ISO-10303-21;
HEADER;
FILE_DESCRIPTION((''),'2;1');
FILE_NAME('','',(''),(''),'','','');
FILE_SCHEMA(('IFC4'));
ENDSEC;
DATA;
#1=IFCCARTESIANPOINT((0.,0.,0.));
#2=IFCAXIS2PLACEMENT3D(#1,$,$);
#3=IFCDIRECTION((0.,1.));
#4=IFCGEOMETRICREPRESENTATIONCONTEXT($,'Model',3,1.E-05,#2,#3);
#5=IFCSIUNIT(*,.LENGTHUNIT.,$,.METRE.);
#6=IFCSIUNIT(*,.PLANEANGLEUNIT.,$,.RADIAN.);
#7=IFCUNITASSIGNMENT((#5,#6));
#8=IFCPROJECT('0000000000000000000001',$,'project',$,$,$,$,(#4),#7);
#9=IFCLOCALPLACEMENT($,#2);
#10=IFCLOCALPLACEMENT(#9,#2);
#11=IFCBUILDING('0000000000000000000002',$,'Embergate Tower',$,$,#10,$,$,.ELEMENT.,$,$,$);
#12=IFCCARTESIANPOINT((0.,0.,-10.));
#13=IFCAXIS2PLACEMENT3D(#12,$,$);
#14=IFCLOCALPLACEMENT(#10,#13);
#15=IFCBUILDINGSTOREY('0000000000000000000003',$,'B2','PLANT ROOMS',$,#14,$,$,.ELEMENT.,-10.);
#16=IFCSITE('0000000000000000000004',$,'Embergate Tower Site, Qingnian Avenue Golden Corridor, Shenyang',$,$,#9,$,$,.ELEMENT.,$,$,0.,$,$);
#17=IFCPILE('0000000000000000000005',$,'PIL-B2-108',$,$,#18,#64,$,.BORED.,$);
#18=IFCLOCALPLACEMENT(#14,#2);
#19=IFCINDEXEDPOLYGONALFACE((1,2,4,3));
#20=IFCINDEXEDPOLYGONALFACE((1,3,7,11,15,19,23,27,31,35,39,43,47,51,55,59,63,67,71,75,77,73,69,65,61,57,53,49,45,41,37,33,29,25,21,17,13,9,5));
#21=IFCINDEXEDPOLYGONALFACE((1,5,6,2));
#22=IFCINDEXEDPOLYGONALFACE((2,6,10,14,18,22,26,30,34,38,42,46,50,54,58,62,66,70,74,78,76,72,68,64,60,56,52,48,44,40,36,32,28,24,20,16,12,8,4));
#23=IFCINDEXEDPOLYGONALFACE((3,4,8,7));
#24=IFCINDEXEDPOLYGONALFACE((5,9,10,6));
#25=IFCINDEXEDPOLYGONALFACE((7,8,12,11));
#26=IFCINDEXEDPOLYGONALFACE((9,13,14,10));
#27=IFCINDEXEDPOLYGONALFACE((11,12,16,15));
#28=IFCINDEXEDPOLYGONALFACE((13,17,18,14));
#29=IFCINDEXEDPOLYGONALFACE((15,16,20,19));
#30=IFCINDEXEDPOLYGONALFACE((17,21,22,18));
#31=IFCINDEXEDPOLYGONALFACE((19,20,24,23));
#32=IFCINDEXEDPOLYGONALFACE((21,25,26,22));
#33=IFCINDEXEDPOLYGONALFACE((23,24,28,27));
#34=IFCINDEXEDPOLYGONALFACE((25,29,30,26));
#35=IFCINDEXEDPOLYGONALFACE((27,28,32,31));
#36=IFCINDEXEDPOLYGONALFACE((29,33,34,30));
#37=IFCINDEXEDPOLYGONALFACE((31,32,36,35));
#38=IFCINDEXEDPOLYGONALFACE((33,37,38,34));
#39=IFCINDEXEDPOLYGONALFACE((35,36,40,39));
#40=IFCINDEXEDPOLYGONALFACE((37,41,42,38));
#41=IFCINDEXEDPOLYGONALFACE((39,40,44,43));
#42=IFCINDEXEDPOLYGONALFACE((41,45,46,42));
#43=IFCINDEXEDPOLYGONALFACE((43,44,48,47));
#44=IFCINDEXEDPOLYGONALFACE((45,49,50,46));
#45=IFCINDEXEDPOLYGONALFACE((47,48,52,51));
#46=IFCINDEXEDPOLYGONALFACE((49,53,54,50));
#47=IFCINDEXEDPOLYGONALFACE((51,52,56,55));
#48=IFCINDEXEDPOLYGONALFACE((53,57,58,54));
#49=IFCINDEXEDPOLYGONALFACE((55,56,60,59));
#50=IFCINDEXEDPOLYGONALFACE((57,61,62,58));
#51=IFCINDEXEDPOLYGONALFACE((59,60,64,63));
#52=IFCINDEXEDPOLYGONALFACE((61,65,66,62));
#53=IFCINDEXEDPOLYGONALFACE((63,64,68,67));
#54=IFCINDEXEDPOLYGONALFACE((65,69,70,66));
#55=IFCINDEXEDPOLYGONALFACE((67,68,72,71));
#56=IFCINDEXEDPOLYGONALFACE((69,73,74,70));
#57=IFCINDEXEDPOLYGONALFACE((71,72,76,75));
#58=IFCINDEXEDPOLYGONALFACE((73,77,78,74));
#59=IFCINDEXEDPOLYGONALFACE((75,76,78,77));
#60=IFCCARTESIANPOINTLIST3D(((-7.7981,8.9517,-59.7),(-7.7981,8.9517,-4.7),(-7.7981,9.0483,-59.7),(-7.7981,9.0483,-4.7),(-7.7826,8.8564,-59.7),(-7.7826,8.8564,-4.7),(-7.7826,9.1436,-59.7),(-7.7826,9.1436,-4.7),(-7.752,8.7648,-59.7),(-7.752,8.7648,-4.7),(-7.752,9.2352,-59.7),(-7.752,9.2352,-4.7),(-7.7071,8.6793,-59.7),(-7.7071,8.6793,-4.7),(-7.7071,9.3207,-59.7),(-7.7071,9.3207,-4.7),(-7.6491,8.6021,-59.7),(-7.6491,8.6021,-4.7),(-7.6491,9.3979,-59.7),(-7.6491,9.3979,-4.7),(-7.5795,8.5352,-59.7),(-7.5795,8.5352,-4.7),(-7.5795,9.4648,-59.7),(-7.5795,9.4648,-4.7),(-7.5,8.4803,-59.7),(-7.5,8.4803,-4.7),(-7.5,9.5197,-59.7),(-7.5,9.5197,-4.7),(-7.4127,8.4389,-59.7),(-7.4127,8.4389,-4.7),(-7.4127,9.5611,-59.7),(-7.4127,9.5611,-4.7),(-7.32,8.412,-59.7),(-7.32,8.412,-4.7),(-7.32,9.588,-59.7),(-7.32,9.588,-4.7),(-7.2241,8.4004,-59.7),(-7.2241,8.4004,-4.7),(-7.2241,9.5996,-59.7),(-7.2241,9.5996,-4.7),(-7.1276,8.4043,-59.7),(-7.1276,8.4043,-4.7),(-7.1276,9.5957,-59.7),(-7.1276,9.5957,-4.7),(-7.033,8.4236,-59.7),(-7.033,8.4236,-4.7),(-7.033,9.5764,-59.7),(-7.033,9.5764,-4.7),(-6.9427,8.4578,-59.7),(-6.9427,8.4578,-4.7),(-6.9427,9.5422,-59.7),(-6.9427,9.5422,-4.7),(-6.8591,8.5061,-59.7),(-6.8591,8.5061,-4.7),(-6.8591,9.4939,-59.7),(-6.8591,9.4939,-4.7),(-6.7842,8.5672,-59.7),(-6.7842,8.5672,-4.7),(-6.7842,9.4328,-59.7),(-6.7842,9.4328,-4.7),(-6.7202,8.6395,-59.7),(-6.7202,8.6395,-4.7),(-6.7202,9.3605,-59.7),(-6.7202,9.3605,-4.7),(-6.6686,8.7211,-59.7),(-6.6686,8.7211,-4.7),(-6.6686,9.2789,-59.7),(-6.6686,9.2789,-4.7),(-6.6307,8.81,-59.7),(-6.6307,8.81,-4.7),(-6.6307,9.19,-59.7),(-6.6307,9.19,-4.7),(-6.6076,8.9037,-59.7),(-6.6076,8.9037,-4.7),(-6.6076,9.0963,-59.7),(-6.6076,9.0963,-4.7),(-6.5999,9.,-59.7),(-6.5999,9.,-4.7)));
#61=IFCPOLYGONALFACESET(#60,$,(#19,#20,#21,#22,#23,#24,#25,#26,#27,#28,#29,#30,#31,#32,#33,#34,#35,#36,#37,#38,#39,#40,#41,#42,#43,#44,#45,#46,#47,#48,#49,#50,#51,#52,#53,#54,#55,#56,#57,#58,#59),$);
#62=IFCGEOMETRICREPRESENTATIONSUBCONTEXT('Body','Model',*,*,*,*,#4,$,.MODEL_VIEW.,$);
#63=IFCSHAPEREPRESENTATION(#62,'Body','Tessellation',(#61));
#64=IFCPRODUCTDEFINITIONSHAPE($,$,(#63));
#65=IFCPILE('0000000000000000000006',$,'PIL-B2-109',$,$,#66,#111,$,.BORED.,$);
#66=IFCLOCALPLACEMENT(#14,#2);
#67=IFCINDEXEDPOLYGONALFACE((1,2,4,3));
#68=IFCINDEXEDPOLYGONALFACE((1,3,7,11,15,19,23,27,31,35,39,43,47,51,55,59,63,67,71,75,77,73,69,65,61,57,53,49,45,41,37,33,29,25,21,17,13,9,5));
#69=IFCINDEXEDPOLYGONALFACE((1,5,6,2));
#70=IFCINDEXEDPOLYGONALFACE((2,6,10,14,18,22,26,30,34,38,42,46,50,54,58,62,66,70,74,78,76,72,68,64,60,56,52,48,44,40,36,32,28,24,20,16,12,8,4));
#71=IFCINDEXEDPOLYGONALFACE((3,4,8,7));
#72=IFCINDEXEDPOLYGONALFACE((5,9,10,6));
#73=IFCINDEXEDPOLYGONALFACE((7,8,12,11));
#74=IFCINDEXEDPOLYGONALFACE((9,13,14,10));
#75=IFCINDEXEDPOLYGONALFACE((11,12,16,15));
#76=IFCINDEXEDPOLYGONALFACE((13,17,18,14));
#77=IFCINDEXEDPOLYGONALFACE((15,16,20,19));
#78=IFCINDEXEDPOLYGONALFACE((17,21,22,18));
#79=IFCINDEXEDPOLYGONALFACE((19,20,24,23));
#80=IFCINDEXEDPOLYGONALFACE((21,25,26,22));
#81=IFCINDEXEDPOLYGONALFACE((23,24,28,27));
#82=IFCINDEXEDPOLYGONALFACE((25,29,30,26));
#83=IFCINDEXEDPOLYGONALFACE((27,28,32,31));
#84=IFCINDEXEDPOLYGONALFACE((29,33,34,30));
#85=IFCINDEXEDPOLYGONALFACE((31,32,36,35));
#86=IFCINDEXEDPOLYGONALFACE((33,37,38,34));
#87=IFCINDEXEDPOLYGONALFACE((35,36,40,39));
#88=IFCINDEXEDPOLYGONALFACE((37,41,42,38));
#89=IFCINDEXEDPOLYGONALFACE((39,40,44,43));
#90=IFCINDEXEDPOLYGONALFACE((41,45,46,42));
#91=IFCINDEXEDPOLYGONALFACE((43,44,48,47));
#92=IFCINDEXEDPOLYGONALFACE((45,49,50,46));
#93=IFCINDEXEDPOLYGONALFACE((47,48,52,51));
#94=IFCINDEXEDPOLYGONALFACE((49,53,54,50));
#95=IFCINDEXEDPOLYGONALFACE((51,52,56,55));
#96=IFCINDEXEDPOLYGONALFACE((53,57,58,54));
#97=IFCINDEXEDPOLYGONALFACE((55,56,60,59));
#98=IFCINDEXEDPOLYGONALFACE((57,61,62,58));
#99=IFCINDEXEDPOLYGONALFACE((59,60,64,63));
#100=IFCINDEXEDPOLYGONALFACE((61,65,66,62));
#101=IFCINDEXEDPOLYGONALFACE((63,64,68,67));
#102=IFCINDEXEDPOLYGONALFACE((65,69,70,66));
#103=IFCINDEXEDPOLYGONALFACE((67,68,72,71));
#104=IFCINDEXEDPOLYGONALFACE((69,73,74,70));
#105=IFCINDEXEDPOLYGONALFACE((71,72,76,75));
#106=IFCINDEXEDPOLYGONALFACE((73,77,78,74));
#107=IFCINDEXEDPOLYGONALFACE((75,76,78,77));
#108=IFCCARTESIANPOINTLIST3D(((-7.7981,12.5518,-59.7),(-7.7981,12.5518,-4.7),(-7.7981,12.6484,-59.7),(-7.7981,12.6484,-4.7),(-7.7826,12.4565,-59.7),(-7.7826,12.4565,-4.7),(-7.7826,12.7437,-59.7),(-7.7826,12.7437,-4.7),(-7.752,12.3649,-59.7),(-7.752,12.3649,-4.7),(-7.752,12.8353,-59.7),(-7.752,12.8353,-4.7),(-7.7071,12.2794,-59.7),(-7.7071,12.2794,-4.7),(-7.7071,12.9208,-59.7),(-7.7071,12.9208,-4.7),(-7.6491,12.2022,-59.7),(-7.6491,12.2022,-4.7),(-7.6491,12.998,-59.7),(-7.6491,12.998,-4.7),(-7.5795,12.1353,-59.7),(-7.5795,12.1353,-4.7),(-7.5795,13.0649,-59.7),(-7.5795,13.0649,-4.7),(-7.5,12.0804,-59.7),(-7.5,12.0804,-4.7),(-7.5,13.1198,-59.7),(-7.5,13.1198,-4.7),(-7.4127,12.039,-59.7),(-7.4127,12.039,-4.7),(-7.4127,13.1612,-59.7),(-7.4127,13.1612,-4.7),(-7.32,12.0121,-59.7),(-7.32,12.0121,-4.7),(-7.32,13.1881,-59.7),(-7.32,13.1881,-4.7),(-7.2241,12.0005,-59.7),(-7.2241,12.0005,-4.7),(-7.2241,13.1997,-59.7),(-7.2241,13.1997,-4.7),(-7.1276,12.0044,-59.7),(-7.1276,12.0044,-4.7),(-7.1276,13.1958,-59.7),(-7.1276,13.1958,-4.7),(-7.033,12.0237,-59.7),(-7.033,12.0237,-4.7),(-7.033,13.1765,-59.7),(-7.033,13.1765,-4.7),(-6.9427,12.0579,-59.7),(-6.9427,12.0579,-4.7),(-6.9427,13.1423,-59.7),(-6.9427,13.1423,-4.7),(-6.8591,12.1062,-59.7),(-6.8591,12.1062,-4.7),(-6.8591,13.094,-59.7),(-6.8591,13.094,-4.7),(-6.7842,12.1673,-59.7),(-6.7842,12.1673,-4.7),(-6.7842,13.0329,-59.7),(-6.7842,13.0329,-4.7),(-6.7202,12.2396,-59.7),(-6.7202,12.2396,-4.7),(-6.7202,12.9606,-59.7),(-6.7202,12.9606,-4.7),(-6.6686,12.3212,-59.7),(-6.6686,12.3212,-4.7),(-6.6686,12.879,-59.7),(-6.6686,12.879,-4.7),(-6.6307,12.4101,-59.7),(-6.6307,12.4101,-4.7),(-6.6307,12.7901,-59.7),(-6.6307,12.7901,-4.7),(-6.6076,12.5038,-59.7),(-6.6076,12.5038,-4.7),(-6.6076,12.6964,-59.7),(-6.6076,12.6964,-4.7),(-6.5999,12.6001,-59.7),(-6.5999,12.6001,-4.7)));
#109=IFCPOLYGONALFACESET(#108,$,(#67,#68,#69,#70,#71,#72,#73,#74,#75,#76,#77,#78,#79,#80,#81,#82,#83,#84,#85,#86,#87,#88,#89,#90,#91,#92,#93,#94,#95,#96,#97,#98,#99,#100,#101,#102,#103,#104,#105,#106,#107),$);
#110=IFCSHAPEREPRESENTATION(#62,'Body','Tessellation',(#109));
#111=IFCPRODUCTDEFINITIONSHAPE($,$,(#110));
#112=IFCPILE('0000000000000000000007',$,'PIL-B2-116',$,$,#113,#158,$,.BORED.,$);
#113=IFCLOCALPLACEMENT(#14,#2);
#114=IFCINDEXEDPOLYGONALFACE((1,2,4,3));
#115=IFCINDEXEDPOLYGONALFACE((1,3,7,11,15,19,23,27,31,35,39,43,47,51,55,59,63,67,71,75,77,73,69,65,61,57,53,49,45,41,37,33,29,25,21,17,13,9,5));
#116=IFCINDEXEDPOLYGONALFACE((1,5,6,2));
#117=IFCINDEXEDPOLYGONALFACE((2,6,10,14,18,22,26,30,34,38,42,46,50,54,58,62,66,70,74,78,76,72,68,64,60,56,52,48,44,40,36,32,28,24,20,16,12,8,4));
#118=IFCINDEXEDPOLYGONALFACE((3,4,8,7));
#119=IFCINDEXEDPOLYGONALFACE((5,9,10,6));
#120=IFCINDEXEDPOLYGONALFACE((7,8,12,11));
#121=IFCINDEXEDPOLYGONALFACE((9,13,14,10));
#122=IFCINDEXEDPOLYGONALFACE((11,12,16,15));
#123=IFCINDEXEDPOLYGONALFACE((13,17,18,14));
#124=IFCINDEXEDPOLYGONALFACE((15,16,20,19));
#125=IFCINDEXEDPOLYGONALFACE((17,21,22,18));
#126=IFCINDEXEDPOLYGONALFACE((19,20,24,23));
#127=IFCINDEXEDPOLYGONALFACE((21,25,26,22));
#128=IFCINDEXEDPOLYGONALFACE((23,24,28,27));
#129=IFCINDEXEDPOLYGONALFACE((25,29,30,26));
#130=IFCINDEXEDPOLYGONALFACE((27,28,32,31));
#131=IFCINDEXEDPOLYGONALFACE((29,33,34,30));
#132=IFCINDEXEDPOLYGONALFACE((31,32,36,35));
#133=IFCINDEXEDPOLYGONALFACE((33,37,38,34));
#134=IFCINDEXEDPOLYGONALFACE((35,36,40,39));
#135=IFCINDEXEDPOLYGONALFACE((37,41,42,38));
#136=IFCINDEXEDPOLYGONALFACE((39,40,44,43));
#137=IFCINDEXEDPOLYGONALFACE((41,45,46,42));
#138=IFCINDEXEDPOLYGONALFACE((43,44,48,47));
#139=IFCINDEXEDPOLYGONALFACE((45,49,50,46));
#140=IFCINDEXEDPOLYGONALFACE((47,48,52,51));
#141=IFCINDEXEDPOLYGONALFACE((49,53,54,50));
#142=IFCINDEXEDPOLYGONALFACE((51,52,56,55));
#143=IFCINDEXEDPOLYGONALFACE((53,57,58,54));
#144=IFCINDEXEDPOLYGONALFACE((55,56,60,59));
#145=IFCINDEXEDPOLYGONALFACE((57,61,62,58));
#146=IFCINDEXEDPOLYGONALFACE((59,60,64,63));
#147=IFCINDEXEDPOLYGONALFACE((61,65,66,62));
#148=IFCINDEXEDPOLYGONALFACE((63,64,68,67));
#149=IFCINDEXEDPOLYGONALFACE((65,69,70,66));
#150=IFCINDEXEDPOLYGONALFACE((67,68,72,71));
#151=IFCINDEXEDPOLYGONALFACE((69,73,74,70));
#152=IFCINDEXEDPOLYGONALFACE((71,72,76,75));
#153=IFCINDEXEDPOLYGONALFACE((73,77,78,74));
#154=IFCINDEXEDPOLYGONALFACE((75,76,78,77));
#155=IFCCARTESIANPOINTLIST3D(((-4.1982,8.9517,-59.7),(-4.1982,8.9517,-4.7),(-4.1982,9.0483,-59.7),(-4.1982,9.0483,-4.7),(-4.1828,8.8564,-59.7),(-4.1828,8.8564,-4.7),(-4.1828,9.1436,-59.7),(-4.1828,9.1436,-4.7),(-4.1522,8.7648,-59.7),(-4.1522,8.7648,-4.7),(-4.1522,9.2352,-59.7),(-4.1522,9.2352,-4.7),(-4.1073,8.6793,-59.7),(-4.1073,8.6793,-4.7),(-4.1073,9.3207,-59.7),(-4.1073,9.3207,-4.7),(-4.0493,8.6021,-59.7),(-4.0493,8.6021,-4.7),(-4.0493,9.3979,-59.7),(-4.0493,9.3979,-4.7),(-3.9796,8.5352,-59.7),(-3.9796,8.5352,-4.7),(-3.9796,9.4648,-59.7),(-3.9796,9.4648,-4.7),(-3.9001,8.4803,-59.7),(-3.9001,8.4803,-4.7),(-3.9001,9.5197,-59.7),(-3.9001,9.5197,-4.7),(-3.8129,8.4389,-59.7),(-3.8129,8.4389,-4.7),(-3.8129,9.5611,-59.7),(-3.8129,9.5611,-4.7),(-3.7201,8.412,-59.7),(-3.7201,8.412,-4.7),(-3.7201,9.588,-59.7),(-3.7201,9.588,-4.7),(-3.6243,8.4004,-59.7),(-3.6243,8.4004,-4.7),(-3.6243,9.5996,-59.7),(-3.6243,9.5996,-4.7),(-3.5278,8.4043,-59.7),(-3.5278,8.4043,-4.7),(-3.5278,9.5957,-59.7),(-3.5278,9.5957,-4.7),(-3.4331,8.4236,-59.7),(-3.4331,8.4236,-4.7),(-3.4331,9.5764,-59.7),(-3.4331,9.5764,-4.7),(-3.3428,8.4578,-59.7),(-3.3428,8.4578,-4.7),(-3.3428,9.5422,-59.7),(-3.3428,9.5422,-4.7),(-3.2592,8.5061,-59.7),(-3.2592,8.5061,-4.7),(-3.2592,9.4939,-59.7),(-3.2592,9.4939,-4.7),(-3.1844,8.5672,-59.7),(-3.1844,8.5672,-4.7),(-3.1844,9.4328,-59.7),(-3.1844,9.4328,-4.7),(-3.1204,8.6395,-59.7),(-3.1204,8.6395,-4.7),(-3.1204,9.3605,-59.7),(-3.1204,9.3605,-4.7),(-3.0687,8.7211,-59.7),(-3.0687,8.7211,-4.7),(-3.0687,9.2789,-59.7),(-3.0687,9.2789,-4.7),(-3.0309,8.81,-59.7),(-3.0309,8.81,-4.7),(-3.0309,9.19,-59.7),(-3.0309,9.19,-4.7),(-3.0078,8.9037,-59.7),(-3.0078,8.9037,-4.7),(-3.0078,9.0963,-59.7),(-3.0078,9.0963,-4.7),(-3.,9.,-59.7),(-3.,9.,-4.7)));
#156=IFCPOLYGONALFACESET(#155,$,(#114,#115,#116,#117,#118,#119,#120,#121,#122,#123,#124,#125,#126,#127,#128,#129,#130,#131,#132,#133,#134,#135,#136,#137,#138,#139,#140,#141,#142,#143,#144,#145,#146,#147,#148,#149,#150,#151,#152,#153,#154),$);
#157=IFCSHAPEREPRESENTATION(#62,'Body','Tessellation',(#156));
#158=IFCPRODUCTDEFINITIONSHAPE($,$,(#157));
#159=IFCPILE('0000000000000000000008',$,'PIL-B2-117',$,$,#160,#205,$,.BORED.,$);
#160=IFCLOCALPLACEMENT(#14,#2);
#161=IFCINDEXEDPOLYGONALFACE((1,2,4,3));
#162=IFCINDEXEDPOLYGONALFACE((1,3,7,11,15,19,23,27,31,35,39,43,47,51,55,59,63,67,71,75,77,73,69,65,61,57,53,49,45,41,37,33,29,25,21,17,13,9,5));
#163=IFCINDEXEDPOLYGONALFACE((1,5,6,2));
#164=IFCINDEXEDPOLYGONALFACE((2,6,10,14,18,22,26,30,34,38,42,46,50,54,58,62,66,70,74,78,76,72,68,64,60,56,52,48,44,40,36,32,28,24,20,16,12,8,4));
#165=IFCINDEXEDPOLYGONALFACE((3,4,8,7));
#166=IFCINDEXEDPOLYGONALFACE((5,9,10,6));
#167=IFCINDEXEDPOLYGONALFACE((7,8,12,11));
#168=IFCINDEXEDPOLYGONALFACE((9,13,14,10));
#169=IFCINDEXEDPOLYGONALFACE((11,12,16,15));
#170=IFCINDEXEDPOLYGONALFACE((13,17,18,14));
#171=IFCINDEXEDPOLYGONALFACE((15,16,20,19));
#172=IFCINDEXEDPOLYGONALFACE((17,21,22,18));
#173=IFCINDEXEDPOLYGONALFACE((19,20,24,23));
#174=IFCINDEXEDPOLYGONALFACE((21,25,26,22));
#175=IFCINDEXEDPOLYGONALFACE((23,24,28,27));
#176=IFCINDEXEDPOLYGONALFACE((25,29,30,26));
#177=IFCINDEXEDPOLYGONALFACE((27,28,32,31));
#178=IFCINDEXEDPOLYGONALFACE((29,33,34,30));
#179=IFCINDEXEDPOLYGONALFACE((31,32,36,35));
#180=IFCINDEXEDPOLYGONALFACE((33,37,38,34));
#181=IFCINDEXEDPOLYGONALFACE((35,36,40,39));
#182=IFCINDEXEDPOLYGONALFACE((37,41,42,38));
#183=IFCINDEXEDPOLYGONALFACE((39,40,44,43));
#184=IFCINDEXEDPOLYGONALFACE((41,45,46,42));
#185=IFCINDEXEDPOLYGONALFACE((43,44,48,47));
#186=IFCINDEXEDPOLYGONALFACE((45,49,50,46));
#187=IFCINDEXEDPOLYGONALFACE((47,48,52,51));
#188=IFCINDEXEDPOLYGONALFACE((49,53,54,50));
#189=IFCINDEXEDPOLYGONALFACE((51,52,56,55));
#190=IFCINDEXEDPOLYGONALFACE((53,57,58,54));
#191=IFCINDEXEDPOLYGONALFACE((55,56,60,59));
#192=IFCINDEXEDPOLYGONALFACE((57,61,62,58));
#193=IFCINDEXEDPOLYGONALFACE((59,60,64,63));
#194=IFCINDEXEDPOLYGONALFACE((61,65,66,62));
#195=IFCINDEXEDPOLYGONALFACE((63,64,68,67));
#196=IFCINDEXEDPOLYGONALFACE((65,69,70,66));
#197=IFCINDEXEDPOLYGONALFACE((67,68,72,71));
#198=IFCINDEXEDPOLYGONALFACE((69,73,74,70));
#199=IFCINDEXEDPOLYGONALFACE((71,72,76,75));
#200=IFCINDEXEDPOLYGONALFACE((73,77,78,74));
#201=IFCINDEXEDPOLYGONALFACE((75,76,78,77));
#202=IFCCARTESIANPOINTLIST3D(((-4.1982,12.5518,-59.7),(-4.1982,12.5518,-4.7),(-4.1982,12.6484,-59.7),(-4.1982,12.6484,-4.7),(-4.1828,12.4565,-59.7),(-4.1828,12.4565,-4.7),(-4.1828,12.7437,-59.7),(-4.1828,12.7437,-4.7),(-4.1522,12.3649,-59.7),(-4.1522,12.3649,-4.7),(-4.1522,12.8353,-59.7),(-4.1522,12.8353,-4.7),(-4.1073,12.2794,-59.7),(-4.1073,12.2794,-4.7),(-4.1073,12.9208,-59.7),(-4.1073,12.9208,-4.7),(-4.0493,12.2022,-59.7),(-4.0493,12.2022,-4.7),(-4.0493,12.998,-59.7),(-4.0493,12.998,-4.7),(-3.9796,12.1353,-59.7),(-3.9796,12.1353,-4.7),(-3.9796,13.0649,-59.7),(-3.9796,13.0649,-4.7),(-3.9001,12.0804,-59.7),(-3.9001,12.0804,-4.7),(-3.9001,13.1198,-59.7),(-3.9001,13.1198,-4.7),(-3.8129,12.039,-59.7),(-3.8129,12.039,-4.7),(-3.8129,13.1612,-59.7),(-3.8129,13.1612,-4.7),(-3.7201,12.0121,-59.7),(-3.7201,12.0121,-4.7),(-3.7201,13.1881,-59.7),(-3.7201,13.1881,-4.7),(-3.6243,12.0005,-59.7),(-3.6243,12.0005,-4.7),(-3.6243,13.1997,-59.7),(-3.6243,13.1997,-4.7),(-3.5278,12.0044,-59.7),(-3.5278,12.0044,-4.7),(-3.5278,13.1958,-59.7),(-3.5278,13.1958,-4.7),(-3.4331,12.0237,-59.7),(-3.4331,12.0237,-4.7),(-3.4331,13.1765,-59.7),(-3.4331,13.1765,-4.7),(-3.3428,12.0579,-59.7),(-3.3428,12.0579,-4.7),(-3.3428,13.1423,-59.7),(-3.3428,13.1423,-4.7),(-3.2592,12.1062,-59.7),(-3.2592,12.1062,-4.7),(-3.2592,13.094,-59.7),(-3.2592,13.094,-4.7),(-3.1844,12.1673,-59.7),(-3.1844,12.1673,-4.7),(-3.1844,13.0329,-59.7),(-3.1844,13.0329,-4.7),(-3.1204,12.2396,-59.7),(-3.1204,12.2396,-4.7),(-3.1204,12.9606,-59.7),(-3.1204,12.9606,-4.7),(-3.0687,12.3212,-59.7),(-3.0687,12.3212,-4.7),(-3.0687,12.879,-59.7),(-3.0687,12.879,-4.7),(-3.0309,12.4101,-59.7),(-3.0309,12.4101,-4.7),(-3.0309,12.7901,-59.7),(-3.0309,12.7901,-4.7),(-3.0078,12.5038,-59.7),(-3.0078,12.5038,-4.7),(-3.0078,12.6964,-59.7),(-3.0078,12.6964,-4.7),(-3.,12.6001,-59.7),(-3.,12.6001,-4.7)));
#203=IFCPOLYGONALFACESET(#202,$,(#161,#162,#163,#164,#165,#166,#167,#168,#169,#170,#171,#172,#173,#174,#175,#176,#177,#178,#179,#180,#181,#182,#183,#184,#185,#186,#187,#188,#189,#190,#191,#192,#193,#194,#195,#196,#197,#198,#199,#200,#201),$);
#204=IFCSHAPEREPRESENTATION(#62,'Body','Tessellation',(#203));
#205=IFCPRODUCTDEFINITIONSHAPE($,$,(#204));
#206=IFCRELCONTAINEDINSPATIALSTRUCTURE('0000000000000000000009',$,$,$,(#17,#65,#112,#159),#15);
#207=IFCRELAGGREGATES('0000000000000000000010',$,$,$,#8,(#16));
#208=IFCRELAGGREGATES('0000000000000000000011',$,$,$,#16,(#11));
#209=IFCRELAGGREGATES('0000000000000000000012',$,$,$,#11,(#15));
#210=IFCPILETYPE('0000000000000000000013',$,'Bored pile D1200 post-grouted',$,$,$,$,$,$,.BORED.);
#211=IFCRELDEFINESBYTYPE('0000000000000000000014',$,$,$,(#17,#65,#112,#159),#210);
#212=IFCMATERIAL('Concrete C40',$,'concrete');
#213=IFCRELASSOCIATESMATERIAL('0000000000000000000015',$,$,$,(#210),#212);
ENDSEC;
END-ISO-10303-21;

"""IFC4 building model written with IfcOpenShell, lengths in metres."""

from ifc_helpers import new_model, si_unit, direction, frame, origin, origin_2d, place, context, subcontext, project, spatial, circle, extrude, source, transform, mapped, material, material_profile, profile_set, type_object, element, save


model = new_model("IFC4")

# Units and contexts
model_context = context("Model", 3, precision=1e-05, world=origin(), true_north=direction((0.0, 1.0)))
body_context = subcontext(model_context, "Body", "Model", "MODEL_VIEW")
ifc_project = project(units=[si_unit("LENGTHUNIT", "METRE"), si_unit("PLANEANGLEUNIT", "RADIAN")], contexts=[model_context])

# Site, building, storey
site_placement = place(None, origin())
site = spatial("IfcSite", under=ifc_project, at=site_placement, Name="Embergate Tower Site, Qingnian Avenue Golden Corridor, Shenyang", CompositionType="ELEMENT", RefElevation=0.0)
building_placement = place(site_placement, origin())
building = spatial("IfcBuilding", under=site, at=building_placement, Name="Embergate Tower", CompositionType="ELEMENT")
storey_placement = place(building_placement, frame((0.0, 0.0, -10.0)))
storey = spatial("IfcBuildingStorey", under=building, at=storey_placement, Name="B2", Description="PLANT ROOMS", CompositionType="ELEMENT", Elevation=-10.0)

# Piles
ifc_material_1 = material(Name="Concrete C40", Category="concrete")
ifc_material_profile = material_profile(ifc_material_1, circle(Radius=0.6001, at=origin_2d()), Name="D1200")
ifc_profile_set = profile_set([ifc_material_profile], Name="Concrete C40")
pile_type = type_object("IfcPileType", Name="Bored pile D1200 post-grouted", PredefinedType="BORED", material=ifc_profile_set)
shared_shape_1 = source(origin(), body_context, "Body", "SweptSolid", [
    extrude(circle(Radius=0.6001, at=origin_2d()), origin(), (0.0, 0.0, 1.0), 55.0),
])
for number, where, z_axis, x_axis, name in (
    (1, (-7.2, 9.0, -4.7), (0.0, 0.0, -1.0), (1.0, 0.0, 0.0), "PIL-B2-108"),
    (2, (-7.2, 12.6001, -4.7), (0.0, 0.0, -1.0), (1.0, 0.0, 0.0), "PIL-B2-109"),
    (3, (-3.6001, 9.0, -4.7), (0.0, 0.0, -1.0), (1.0, 0.0, 0.0), "PIL-B2-116"),
    (4, (-3.6001, 12.6001, -4.7), (0.0, 0.0, -1.0), (1.0, 0.0, 0.0), "PIL-B2-117"),
):
    element("IfcPile", number, at=place(storey_placement, frame(where, z_axis=z_axis, x_axis=x_axis)), inside=storey, type_object=pile_type, Name=name, PredefinedType="BORED", context=body_context, shape_type="MappedRepresentation", body=[
        mapped(shared_shape_1, transform((0.0, 0.0, 0.0))),
    ])

save(model, "model.ifc")
